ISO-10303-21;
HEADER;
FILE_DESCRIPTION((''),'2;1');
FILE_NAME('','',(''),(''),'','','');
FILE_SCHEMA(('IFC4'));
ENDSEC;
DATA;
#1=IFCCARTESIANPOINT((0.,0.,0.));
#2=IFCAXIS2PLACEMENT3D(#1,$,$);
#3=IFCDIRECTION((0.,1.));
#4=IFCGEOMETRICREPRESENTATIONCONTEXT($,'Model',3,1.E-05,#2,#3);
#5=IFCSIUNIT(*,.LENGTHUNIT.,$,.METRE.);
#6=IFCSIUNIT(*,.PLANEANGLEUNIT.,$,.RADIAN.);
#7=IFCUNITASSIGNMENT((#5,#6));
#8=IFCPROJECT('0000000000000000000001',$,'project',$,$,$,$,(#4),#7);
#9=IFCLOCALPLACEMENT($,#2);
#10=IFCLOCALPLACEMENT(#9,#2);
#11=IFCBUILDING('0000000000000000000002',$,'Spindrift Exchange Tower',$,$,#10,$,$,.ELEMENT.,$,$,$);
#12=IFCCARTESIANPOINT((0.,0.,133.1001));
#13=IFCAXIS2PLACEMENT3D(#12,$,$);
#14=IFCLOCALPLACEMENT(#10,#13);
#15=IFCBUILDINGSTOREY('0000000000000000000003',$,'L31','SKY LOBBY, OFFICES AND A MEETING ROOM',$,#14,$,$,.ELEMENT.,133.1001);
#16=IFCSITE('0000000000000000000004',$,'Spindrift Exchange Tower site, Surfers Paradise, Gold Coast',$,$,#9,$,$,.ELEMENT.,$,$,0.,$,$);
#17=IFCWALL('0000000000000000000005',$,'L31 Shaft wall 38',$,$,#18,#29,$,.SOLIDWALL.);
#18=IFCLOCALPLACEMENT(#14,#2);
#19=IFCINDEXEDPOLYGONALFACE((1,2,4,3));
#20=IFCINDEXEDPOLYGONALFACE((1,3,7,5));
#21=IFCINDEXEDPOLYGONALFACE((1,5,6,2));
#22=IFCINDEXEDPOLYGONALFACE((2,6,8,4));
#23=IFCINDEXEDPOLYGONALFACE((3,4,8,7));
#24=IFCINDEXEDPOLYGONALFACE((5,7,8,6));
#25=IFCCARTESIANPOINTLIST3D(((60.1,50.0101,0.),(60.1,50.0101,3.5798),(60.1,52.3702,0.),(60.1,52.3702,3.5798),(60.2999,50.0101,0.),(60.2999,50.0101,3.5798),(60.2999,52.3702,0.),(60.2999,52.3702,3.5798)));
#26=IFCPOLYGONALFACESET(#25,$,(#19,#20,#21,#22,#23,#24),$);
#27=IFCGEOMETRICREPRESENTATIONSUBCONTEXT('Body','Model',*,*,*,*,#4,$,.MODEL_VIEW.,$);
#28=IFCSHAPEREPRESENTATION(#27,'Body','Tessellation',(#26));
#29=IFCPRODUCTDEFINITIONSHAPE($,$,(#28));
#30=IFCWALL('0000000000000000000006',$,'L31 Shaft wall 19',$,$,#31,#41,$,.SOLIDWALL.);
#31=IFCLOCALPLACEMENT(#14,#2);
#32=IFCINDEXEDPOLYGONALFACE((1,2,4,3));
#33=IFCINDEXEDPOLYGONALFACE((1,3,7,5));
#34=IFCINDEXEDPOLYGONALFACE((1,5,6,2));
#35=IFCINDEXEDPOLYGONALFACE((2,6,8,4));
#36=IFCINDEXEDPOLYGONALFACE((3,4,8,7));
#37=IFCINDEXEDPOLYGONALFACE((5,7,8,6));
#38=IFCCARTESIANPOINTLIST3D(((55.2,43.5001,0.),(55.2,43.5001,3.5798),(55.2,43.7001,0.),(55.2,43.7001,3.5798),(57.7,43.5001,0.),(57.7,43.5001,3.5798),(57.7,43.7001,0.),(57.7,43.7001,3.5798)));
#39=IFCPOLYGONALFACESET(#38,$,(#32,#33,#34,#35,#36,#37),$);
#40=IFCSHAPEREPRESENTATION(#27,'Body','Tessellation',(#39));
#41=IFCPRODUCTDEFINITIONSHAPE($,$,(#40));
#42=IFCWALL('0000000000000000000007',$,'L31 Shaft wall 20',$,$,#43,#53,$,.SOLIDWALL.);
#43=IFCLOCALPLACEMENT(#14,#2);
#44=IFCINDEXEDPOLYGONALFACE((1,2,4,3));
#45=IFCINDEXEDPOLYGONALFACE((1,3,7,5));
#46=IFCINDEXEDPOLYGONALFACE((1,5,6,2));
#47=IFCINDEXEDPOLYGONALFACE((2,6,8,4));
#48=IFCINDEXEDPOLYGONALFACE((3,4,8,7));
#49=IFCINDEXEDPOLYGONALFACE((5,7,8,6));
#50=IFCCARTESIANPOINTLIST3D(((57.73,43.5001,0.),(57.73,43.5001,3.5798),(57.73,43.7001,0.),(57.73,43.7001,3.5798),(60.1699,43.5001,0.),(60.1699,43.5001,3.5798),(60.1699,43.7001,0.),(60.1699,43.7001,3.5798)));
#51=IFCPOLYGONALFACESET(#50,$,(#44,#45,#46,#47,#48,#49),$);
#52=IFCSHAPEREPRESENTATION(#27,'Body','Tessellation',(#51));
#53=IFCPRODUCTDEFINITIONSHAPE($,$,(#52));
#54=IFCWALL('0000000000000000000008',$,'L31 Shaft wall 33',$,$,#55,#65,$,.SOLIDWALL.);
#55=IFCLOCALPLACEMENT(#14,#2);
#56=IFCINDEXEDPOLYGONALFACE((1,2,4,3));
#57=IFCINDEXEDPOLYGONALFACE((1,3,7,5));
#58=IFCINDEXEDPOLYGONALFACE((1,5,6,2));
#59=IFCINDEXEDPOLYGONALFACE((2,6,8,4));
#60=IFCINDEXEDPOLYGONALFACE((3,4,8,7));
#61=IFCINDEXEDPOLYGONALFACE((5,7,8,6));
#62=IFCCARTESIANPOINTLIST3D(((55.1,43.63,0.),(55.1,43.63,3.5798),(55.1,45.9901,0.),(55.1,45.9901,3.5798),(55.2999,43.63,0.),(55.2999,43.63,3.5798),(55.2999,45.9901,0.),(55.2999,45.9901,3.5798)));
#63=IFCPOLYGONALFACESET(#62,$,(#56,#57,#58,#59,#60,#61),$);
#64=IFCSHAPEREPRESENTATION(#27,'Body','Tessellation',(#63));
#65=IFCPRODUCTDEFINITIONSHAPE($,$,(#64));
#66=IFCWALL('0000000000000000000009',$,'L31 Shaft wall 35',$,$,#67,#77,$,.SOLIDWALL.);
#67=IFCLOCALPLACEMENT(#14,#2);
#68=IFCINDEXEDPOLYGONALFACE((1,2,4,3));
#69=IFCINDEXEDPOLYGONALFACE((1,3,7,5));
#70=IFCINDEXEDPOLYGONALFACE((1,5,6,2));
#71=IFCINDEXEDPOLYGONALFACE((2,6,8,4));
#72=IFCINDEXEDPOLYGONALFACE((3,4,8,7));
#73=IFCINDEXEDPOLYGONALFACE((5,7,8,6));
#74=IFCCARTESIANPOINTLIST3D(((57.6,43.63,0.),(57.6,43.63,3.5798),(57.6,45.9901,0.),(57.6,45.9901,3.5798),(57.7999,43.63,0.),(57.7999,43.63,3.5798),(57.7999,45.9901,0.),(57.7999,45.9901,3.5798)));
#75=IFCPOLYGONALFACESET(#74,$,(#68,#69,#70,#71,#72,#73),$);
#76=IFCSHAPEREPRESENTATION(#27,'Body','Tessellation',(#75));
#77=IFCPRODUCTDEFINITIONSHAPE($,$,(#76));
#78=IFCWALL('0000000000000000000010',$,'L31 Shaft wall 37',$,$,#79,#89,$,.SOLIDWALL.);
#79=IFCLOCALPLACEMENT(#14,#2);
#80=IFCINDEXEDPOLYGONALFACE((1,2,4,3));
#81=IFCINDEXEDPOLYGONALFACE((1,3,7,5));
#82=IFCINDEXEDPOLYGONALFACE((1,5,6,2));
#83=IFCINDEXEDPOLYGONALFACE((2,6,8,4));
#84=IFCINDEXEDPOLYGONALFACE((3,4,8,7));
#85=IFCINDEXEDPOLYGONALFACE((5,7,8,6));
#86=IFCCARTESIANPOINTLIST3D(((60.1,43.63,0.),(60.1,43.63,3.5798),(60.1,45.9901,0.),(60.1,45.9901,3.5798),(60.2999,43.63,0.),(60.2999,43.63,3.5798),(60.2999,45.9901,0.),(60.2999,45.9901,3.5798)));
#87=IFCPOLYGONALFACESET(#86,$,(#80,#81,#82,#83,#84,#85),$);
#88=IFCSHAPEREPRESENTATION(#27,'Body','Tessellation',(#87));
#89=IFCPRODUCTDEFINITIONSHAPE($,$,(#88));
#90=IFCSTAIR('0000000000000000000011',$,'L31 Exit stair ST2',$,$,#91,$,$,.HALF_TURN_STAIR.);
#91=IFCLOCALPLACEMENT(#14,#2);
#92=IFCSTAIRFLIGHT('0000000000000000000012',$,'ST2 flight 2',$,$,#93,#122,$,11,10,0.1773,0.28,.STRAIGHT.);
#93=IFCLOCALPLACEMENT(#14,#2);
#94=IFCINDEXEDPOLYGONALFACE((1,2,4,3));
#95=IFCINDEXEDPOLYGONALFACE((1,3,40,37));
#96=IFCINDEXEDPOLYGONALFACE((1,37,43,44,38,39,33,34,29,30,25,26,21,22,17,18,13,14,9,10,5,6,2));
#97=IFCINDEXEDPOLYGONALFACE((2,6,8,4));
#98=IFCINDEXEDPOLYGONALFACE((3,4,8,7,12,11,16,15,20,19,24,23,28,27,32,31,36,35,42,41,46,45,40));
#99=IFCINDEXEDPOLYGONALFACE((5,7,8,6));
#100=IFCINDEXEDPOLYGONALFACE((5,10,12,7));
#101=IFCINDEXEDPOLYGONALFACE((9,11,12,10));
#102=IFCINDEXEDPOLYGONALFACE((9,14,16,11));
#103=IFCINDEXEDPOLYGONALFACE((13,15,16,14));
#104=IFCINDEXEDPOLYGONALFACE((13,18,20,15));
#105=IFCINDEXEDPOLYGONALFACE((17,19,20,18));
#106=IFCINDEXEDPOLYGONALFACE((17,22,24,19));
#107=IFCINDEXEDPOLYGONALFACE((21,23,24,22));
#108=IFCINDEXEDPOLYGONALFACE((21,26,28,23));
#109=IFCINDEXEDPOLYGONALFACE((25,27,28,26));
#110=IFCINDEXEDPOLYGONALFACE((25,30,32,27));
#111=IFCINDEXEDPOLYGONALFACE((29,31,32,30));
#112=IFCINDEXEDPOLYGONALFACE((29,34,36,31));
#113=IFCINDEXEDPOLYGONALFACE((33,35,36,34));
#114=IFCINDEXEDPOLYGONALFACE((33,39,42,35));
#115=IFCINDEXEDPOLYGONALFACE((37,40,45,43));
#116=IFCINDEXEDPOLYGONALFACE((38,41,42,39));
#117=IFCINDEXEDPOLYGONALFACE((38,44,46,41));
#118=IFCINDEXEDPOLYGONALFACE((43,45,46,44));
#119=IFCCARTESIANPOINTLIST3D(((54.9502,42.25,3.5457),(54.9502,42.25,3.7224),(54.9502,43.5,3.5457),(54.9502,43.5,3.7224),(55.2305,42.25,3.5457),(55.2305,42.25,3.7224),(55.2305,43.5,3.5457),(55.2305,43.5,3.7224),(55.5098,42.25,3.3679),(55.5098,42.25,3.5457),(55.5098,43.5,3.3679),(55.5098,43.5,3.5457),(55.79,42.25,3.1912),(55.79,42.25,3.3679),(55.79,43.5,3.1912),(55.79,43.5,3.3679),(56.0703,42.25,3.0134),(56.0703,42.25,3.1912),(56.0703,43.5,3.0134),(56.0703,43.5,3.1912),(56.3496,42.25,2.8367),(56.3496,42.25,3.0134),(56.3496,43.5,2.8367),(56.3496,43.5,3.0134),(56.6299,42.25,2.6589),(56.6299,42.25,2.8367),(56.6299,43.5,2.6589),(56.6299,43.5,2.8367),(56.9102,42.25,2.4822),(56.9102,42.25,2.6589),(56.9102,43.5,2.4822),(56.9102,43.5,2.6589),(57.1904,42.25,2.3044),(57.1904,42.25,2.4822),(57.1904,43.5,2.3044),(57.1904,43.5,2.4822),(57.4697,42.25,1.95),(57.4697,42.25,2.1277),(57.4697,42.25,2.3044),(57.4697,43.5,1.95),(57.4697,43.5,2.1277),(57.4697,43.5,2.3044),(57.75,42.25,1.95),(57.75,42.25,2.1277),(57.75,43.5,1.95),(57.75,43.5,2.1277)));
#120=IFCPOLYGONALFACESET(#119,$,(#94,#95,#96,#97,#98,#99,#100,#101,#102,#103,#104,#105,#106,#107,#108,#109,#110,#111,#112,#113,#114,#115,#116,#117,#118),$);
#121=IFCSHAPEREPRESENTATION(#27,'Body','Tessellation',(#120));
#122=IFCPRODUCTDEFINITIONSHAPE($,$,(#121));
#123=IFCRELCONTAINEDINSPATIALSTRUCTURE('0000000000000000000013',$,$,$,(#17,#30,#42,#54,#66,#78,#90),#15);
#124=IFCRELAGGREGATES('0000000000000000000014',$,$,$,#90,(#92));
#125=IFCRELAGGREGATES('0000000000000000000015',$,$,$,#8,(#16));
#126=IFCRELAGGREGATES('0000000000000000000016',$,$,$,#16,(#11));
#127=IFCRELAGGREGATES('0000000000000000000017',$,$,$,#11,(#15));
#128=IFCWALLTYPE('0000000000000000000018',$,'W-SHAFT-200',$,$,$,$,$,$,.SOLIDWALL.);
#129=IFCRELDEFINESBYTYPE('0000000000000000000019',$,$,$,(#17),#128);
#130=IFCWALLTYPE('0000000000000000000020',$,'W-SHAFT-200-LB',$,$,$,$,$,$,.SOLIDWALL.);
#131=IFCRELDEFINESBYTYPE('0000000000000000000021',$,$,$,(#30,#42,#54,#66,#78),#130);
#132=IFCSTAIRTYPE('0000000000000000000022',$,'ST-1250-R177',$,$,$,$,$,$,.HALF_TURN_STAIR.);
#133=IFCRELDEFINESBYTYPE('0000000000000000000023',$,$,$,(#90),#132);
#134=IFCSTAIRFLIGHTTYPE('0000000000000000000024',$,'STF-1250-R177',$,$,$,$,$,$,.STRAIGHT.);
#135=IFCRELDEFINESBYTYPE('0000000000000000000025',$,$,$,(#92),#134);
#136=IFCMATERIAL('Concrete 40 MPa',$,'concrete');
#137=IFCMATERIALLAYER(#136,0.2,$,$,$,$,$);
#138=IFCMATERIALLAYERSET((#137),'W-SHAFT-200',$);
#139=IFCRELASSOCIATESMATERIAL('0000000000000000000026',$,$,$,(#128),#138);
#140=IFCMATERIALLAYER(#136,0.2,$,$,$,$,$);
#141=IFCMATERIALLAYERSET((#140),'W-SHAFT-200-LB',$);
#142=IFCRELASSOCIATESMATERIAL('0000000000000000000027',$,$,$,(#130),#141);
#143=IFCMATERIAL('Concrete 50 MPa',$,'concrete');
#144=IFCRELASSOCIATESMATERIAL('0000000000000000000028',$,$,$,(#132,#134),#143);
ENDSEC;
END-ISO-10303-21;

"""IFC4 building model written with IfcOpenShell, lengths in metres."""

from ifc_helpers import new_model, si_unit, direction, frame, frame_2d, origin, place, context, subcontext, project, spatial, line, indexed_curve, rectangle, outline, extrude, material, layer, layer_set, type_object, element, aggregate, save


model = new_model("IFC4")

# Units and contexts
model_context = context("Model", 3, precision=1e-05, world=origin(), true_north=direction((0.0, 1.0)))
body_context = subcontext(model_context, "Body", "Model", "MODEL_VIEW")
ifc_project = project(units=[si_unit("LENGTHUNIT", "METRE"), si_unit("PLANEANGLEUNIT", "RADIAN")], contexts=[model_context])

# Site, building, storey
site_placement = place(None, origin())
site = spatial("IfcSite", under=ifc_project, at=site_placement, Name="Spindrift Exchange Tower site, Surfers Paradise, Gold Coast", CompositionType="ELEMENT", RefElevation=0.0)
building_placement = place(site_placement, origin())
building = spatial("IfcBuilding", under=site, at=building_placement, Name="Spindrift Exchange Tower", CompositionType="ELEMENT")
storey_placement = place(building_placement, frame((0.0, 0.0, 133.1001)))
storey = spatial("IfcBuildingStorey", under=building, at=storey_placement, Name="L31", Description="SKY LOBBY, OFFICES AND A MEETING ROOM", CompositionType="ELEMENT", Elevation=133.1001)

# Walls
ifc_material_1 = material(Name="Concrete 40 MPa", Category="concrete")
ifc_layer_1 = layer(ifc_material_1, 0.2)
ifc_layer_set_1 = layer_set([ifc_layer_1], Name="W-SHAFT-200")
wall_type_1 = type_object("IfcWallType", Name="W-SHAFT-200", PredefinedType="SOLIDWALL", material=ifc_layer_set_1)
wall_1_placement = place(storey_placement, frame((60.2, 50.01, 0.0), z_axis=(0.0, 0.0, 1.0), x_axis=(0.0, 1.0, 0.0)))
element("IfcWall", 1, at=wall_1_placement, inside=storey, type_object=wall_type_1, Name="L31 Shaft wall 38", PredefinedType="SOLIDWALL", context=body_context, shape_type="SweptSolid", body=[
    extrude(rectangle(XDim=2.3601, YDim=0.2, at=frame_2d((1.1802, 0.0))), origin(), (0.0, 0.0, 1.0), 3.5798),
])
ifc_layer_2 = layer(ifc_material_1, 0.2)
ifc_layer_set_2 = layer_set([ifc_layer_2], Name="W-SHAFT-200-LB")
wall_type_2 = type_object("IfcWallType", Name="W-SHAFT-200-LB", PredefinedType="SOLIDWALL", material=ifc_layer_set_2)
wall_2_placement = place(storey_placement, frame((55.2, 43.6001, 0.0), z_axis=(0.0, 0.0, 1.0), x_axis=(1.0, 0.0, 0.0)))
element("IfcWall", 2, at=wall_2_placement, inside=storey, type_object=wall_type_2, Name="L31 Shaft wall 19", PredefinedType="SOLIDWALL", context=body_context, shape_type="SweptSolid", body=[
    extrude(rectangle(XDim=2.5, YDim=0.2, at=frame_2d((1.25, 0.0))), origin(), (0.0, 0.0, 1.0), 3.5798),
])
wall_3_placement = place(storey_placement, frame((57.73, 43.6001, 0.0), z_axis=(0.0, 0.0, 1.0), x_axis=(1.0, 0.0, 0.0)))
element("IfcWall", 3, at=wall_3_placement, inside=storey, type_object=wall_type_2, Name="L31 Shaft wall 20", PredefinedType="SOLIDWALL", context=body_context, shape_type="SweptSolid", body=[
    extrude(rectangle(XDim=2.4399, YDim=0.2, at=frame_2d((1.22, 0.0))), origin(), (0.0, 0.0, 1.0), 3.5798),
])
for number, where, z_axis, x_axis, name in (
    (4, (55.2, 43.6299, 0.0), (0.0, 0.0, 1.0), (0.0, 1.0, 0.0), "L31 Shaft wall 33"),
    (5, (57.7, 43.6299, 0.0), (0.0, 0.0, 1.0), (0.0, 1.0, 0.0), "L31 Shaft wall 35"),
    (6, (60.2, 43.6299, 0.0), (0.0, 0.0, 1.0), (0.0, 1.0, 0.0), "L31 Shaft wall 37"),
):
    element("IfcWall", number, at=place(storey_placement, frame(where, z_axis=z_axis, x_axis=x_axis)), inside=storey, type_object=wall_type_2, Name=name, PredefinedType="SOLIDWALL", context=body_context, shape_type="SweptSolid", body=[
        extrude(rectangle(XDim=2.3601, YDim=0.2, at=frame_2d((1.1802, 0.0))), origin(), (0.0, 0.0, 1.0), 3.5798),
    ])

# Stair, stair flight
ifc_material_2 = material(Name="Concrete 50 MPa", Category="concrete")
stair_type = type_object("IfcStairType", Name="ST-1250-R177", PredefinedType="HALF_TURN_STAIR", material=ifc_material_2)
stair_placement = place(storey_placement, origin())
stair = element("IfcStair", 7, at=stair_placement, inside=storey, type_object=stair_type, Name="L31 Exit stair ST2", PredefinedType="HALF_TURN_STAIR")
stair_flight_type = type_object("IfcStairFlightType", Name="STF-1250-R177", PredefinedType="STRAIGHT", material=ifc_material_2)
stair_flight_placement = place(storey_placement, frame((57.75, 42.875, 1.95), z_axis=(0.0, 0.0, 1.0), x_axis=(-1.0, 0.0, 0.0)))
stair_flight = element("IfcStairFlight", 8, at=stair_flight_placement, type_object=stair_flight_type, Name="ST2 flight 2", NumberOfRisers=11, NumberOfTreads=10, PredefinedType="STRAIGHT", RiserHeight=0.1773, TreadLength=0.28, context=body_context, shape_type="SweptSolid", body=[
    extrude(outline(indexed_curve([(0.0, 0.0), (0.0, 0.1777), (0.2803, 0.1777), (0.2803, 0.3545), (0.5596, 0.3545), (0.5596, 0.5322), (0.8398, 0.5322), (0.8398, 0.709), (1.1201, 0.709), (1.1201, 0.8867), (1.4004, 0.8867), (1.4004, 1.0635), (1.6797, 1.0635), (1.6797, 1.2412), (1.96, 1.2412), (1.96, 1.418), (2.2402, 1.418), (2.2402, 1.5957), (2.5195, 1.5957), (2.5195, 1.7725), (2.7998, 1.7725), (2.7998, 1.9502), (2.7998, 1.5957), (0.2803, 0.0)], segments=[line(1, 2, 3, 4, 5, 6, 7, 8, 9, 10, 11, 12, 13, 14, 15, 16, 17, 18, 19, 20, 21, 22, 23, 24, 1)], self_intersect=False)), frame((0.0, 0.625, 0.0), z_axis=(0.0, -1.0, 0.0), x_axis=(1.0, 0.0, 0.0)), (0.0, 0.0, 1.0), 1.25),
])
aggregate(stair, [stair_flight])

save(model, "model.ifc")
